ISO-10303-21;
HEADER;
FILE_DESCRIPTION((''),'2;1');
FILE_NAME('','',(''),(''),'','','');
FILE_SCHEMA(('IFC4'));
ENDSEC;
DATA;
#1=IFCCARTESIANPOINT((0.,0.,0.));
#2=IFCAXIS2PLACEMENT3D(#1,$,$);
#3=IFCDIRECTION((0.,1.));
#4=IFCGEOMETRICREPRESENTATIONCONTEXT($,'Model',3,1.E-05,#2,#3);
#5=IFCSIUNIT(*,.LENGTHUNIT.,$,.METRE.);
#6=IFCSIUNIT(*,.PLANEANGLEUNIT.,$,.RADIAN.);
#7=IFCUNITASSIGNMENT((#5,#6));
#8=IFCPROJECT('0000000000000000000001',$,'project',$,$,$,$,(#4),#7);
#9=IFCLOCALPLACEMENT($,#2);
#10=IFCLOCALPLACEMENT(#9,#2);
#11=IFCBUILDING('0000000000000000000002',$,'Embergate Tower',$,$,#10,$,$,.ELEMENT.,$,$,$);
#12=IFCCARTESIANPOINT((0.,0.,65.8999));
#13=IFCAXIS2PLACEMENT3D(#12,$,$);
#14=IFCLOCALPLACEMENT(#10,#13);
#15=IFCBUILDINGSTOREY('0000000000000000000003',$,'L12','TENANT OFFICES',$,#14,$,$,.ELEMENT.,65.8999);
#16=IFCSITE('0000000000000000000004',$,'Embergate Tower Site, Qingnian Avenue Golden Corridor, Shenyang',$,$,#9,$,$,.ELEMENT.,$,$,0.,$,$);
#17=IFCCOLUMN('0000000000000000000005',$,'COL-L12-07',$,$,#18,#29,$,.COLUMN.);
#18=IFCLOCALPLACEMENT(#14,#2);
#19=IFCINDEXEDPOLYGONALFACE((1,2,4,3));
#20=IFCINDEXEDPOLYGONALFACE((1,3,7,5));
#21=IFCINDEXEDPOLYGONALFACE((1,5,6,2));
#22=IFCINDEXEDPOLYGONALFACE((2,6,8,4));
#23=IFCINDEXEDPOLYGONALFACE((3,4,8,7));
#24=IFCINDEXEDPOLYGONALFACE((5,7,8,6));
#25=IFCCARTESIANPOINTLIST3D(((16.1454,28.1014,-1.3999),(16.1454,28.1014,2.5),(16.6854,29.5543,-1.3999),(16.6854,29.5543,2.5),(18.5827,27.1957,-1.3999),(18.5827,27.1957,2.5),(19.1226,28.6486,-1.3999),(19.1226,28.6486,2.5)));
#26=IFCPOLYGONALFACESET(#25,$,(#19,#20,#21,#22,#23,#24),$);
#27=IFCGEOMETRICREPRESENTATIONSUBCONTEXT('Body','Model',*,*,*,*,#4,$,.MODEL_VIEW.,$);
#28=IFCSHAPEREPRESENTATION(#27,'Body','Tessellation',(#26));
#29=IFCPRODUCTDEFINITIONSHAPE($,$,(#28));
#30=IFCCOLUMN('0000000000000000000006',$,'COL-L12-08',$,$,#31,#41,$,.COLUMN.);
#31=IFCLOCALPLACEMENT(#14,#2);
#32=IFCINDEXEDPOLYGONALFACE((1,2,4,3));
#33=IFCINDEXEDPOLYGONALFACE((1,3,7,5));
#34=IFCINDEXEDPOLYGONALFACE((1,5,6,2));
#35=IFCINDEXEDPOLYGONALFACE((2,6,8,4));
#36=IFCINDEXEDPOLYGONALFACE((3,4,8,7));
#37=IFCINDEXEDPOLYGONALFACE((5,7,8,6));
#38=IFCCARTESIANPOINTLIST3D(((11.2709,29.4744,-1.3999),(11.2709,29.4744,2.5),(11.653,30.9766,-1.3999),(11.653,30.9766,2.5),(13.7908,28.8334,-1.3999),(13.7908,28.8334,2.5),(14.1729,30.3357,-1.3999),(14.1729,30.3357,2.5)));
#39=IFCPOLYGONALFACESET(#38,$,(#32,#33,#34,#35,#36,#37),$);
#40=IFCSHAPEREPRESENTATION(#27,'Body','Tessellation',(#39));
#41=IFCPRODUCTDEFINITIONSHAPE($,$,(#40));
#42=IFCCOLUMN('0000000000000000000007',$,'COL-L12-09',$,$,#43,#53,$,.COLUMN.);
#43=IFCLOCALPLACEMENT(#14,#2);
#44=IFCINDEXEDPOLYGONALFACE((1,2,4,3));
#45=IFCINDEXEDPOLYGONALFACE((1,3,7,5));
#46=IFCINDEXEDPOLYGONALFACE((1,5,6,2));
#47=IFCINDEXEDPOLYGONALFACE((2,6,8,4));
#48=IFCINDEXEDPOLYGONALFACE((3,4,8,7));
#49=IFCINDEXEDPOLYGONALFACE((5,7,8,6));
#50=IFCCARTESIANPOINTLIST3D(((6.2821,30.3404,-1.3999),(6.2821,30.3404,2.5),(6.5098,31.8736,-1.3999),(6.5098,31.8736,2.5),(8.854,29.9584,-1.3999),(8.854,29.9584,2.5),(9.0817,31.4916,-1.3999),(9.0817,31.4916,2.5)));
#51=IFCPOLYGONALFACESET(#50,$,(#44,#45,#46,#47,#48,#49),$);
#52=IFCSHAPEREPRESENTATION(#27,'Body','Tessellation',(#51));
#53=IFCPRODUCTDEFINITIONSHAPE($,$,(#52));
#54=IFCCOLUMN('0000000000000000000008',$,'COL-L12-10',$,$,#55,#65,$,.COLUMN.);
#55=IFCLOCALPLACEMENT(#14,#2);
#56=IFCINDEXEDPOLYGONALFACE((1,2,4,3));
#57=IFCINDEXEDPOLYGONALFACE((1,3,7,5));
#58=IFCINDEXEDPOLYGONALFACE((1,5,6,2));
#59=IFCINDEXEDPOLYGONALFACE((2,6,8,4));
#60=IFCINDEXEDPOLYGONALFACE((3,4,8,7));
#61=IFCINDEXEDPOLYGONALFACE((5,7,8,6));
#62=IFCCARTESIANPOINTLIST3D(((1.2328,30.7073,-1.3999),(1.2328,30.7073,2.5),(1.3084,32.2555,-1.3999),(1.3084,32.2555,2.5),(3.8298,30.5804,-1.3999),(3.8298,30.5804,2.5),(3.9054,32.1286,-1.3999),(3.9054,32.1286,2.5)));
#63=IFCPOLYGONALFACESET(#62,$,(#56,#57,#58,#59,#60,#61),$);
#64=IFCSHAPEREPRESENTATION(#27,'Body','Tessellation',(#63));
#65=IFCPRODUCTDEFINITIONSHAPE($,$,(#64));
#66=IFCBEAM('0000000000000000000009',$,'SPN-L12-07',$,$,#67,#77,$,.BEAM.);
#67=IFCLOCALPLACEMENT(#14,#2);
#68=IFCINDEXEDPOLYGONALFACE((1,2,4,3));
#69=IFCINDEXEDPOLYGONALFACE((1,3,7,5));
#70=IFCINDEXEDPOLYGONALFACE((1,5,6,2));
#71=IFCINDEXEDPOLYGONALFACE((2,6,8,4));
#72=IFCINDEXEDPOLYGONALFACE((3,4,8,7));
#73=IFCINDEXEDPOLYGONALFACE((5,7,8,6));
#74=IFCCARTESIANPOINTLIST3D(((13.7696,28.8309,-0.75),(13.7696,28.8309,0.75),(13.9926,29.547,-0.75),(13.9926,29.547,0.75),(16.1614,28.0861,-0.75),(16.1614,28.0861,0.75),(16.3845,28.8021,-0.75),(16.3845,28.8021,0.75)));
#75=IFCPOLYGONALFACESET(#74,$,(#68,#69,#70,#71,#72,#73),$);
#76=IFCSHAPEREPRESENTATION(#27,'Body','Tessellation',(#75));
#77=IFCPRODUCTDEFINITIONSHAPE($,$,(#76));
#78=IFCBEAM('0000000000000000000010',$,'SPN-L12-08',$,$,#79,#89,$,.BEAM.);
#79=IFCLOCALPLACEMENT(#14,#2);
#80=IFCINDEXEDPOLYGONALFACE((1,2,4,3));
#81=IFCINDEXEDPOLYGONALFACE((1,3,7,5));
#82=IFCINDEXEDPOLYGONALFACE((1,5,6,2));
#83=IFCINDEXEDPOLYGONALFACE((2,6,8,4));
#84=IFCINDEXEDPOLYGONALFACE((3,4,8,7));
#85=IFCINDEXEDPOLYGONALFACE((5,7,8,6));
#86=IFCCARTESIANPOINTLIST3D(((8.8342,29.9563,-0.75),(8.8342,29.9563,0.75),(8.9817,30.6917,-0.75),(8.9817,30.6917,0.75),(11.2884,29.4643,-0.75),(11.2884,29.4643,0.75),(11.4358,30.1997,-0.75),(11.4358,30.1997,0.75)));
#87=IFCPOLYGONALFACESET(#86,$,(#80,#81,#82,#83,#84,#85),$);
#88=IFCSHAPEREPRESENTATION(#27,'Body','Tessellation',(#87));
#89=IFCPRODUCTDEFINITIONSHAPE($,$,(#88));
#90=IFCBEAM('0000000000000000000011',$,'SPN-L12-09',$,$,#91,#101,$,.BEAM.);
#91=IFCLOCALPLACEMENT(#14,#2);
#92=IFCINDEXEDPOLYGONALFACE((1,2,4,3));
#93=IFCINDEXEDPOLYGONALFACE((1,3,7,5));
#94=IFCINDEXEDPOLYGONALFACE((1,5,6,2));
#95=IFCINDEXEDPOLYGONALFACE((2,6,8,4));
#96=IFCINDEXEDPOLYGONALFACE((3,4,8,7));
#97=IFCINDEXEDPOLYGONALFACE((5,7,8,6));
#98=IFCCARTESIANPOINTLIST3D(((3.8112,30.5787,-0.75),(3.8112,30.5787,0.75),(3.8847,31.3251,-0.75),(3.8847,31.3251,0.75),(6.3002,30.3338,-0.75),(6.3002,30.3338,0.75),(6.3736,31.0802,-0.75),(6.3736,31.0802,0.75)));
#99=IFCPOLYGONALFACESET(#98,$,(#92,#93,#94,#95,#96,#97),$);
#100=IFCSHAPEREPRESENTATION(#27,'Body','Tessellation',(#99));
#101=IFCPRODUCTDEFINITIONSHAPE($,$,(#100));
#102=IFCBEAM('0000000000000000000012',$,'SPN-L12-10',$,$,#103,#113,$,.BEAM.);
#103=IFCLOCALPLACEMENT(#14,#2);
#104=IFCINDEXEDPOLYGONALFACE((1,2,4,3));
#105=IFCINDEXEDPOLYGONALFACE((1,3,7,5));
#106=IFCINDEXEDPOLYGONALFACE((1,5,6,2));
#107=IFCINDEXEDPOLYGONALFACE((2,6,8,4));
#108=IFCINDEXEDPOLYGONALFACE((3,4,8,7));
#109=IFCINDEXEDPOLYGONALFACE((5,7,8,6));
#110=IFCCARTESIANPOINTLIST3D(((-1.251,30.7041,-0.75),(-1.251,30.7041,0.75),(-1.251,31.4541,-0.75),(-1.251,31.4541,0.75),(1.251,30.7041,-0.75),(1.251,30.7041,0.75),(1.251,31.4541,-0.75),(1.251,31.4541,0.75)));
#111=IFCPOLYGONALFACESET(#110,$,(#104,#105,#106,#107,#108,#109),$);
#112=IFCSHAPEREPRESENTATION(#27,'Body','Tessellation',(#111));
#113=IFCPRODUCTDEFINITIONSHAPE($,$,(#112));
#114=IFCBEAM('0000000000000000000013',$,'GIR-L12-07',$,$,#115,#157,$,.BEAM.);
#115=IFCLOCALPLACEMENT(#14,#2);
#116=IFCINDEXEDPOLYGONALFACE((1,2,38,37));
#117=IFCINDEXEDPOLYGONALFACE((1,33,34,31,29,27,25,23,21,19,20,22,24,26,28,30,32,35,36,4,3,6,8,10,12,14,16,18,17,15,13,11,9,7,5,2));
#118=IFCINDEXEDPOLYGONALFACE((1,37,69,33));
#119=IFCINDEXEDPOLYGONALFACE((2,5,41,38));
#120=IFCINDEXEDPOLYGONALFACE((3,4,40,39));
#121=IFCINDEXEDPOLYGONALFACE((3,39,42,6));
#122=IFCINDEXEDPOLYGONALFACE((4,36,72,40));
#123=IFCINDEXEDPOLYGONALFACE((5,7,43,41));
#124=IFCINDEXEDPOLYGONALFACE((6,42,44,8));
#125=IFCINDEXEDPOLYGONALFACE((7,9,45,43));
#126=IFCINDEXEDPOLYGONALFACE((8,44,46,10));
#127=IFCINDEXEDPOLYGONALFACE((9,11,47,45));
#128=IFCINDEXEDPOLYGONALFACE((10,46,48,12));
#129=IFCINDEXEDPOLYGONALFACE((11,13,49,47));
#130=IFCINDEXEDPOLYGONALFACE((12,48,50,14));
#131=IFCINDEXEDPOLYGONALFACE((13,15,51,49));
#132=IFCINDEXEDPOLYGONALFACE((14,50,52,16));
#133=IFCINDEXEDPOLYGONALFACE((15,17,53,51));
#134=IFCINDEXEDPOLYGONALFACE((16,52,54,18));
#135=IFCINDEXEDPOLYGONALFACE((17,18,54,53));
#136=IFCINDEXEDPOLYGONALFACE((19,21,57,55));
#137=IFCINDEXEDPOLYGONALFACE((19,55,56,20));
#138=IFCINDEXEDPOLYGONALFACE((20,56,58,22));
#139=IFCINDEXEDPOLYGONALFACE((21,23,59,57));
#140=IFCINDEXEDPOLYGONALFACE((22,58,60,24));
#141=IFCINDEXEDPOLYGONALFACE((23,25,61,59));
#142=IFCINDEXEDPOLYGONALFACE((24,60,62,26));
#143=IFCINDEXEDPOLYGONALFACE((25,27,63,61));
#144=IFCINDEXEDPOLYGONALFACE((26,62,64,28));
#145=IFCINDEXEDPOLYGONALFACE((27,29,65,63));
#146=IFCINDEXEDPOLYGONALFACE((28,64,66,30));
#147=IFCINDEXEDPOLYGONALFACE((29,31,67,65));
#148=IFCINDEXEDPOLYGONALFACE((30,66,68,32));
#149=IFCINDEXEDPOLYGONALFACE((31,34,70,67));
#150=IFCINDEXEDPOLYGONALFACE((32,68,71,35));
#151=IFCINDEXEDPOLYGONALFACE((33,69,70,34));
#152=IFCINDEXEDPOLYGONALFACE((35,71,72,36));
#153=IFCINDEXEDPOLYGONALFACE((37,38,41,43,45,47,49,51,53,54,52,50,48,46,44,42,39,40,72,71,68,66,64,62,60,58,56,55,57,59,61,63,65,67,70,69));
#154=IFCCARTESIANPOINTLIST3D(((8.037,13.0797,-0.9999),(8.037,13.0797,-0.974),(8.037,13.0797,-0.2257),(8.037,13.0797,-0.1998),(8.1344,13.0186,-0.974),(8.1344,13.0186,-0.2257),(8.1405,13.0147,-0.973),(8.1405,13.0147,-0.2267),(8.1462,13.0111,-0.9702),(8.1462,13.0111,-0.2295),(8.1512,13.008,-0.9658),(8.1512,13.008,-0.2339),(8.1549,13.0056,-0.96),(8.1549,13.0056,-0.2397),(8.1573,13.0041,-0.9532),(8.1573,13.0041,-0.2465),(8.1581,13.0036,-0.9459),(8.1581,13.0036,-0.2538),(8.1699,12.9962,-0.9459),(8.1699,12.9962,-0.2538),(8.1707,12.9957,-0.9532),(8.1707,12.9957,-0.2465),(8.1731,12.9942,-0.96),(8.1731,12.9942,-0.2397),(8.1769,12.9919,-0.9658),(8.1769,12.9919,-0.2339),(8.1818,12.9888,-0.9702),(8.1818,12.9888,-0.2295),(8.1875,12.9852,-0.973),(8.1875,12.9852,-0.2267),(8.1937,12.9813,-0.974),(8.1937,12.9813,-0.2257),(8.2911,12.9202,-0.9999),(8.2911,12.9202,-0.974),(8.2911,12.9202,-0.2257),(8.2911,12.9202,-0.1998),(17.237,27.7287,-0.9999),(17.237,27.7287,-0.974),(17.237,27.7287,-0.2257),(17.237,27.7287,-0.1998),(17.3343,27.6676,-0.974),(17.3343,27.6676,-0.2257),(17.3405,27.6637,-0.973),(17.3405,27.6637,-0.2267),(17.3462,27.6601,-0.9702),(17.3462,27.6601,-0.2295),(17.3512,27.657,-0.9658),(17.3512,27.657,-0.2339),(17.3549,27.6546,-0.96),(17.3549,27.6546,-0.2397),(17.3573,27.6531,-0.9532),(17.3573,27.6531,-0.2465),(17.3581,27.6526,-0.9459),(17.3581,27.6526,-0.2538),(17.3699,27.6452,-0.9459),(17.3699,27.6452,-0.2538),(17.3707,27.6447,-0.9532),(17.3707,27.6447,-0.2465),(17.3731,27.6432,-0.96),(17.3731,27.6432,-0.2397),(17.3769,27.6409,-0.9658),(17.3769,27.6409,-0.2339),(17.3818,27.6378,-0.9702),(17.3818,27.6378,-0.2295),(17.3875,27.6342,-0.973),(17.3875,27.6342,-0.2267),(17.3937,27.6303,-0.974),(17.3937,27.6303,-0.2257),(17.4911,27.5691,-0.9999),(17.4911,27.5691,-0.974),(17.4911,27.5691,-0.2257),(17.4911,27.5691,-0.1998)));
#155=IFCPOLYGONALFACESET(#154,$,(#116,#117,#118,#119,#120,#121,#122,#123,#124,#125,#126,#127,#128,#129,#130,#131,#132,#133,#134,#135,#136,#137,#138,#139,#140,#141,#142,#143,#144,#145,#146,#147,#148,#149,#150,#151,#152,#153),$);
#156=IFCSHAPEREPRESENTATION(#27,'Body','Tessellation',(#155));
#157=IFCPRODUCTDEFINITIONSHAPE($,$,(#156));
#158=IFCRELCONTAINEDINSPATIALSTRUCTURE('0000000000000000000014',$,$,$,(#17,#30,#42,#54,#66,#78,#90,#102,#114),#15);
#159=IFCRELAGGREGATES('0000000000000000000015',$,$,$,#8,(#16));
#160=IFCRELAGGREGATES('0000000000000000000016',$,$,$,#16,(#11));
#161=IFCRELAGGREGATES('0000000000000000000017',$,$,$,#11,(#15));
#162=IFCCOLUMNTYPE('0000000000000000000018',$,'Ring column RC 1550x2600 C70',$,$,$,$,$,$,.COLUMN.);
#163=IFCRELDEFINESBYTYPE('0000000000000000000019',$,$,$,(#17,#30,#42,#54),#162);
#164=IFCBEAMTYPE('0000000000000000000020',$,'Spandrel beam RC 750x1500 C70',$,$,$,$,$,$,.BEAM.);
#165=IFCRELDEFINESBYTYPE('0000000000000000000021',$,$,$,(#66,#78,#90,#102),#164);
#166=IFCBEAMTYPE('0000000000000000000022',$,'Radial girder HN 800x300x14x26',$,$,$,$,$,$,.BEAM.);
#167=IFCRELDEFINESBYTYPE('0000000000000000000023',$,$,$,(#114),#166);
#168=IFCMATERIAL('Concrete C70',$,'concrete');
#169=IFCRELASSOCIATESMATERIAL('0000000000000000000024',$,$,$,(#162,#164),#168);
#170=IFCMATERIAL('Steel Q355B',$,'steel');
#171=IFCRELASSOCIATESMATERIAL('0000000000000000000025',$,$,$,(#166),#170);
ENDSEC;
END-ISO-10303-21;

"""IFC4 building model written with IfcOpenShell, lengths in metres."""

from ifc_helpers import new_model, si_unit, direction, frame, origin, origin_2d, place, context, subcontext, project, spatial, rectangle, i_section, extrude, source, transform, mapped, material, material_profile, profile_set, type_object, element, save


model = new_model("IFC4")

# Units and contexts
model_context = context("Model", 3, precision=1e-05, world=origin(), true_north=direction((0.0, 1.0)))
body_context = subcontext(model_context, "Body", "Model", "MODEL_VIEW")
ifc_project = project(units=[si_unit("LENGTHUNIT", "METRE"), si_unit("PLANEANGLEUNIT", "RADIAN")], contexts=[model_context])

# Site, building, storey
site_placement = place(None, origin())
site = spatial("IfcSite", under=ifc_project, at=site_placement, Name="Embergate Tower Site, Qingnian Avenue Golden Corridor, Shenyang", CompositionType="ELEMENT", RefElevation=0.0)
building_placement = place(site_placement, origin())
building = spatial("IfcBuilding", under=site, at=building_placement, Name="Embergate Tower", CompositionType="ELEMENT")
storey_placement = place(building_placement, frame((0.0, 0.0, 65.8999)))
storey = spatial("IfcBuildingStorey", under=building, at=storey_placement, Name="L12", Description="TENANT OFFICES", CompositionType="ELEMENT", Elevation=65.8999)

# Columns
ifc_material_1 = material(Name="Concrete C70", Category="concrete")
ifc_material_profile_1 = material_profile(ifc_material_1, rectangle(XDim=1.55, YDim=2.6001, at=origin_2d()), Name="RC 1550x2600")
ifc_profile_set_1 = profile_set([ifc_material_profile_1], Name="Concrete C70")
column_type = type_object("IfcColumnType", Name="Ring column RC 1550x2600 C70", PredefinedType="COLUMN", material=ifc_profile_set_1)
shared_shape_1 = source(origin(), body_context, "Body", "SweptSolid", [
    extrude(rectangle(XDim=1.55, YDim=2.6001, at=origin_2d()), origin(), (0.0, 0.0, 1.0), 3.8999),
])
for number, where, z_axis, x_axis, name in (
    (1, (17.634, 28.375, -1.3999), (0.0, 0.0, 1.0), (0.348343, 0.937367, 0.0), "COL-L12-07"),
    (2, (12.7219, 29.905, -1.3999), (0.0, 0.0, 1.0), (0.246509, 0.969141, 0.0), "COL-L12-08"),
    (3, (7.6819, 30.916, -1.3999), (0.0, 0.0, 1.0), (0.146929, 0.989147, 0.0), "COL-L12-09"),
    (4, (2.5691, 31.418, -1.3999), (0.0, 0.0, 1.0), (0.048815, 0.998808, 0.0), "COL-L12-10"),
):
    element("IfcColumn", number, at=place(storey_placement, frame(where, z_axis=z_axis, x_axis=x_axis)), inside=storey, type_object=column_type, Name=name, PredefinedType="COLUMN", context=body_context, shape_type="MappedRepresentation", body=[
        mapped(shared_shape_1, transform((0.0, 0.0, 0.0))),
    ])

# Beams
ifc_material_profile_2 = material_profile(ifc_material_1, rectangle(XDim=0.75, YDim=1.5, at=origin_2d()), Name="RC 750x1500")
ifc_profile_set_2 = profile_set([ifc_material_profile_2], Name="Concrete C70")
beam_type_1 = type_object("IfcBeamType", Name="Spandrel beam RC 750x1500 C70", PredefinedType="BEAM", material=ifc_profile_set_2)
shared_shape_2 = source(origin(), body_context, "Body", "SweptSolid", [
    extrude(rectangle(XDim=0.75, YDim=1.5, at=origin_2d()), origin(), (0.0, 0.0, 1.0), 2.5051),
])
beam_1_placement = place(storey_placement, frame((16.2729, 28.4441, 0.0), z_axis=(-0.954773, 0.297337, 0.0), x_axis=(-0.297337, -0.954773, 0.0)))
element("IfcBeam", 5, at=beam_1_placement, inside=storey, type_object=beam_type_1, Name="SPN-L12-07", PredefinedType="BEAM", context=body_context, shape_type="MappedRepresentation", body=[
    mapped(shared_shape_2, transform((0.0, 0.0, 0.0))),
])
shared_shape_3 = source(origin(), body_context, "Body", "SweptSolid", [
    extrude(rectangle(XDim=0.75, YDim=1.5, at=origin_2d()), origin(), (0.0, 0.0, 1.0), 2.5029),
])
beam_2_placement = place(storey_placement, frame((11.3621, 29.832, 0.0), z_axis=(-0.980494, 0.196548, 0.0), x_axis=(-0.196548, -0.980494, 0.0)))
element("IfcBeam", 6, at=beam_2_placement, inside=storey, type_object=beam_type_1, Name="SPN-L12-08", PredefinedType="BEAM", context=body_context, shape_type="MappedRepresentation", body=[
    mapped(shared_shape_3, transform((0.0, 0.0, 0.0))),
])
shared_shape_4 = source(origin(), body_context, "Body", "SweptSolid", [
    extrude(rectangle(XDim=0.75, YDim=1.5, at=origin_2d()), origin(), (0.0, 0.0, 1.0), 2.501),
])
beam_3_placement = place(storey_placement, frame((6.3369, 30.707, 0.0), z_axis=(-0.995195, 0.097909, 0.0), x_axis=(-0.097909, -0.995195, 0.0)))
element("IfcBeam", 7, at=beam_3_placement, inside=storey, type_object=beam_type_1, Name="SPN-L12-09", PredefinedType="BEAM", context=body_context, shape_type="MappedRepresentation", body=[
    mapped(shared_shape_4, transform((0.0, 0.0, 0.0))),
])
shared_shape_5 = source(origin(), body_context, "Body", "SweptSolid", [
    extrude(rectangle(XDim=0.75, YDim=1.5, at=origin_2d()), origin(), (0.0, 0.0, 1.0), 2.502),
])
beam_4_placement = place(storey_placement, frame((1.251, 31.0791, 0.0), z_axis=(-1.0, 0.0, 0.0), x_axis=(0.0, -1.0, 0.0)))
element("IfcBeam", 8, at=beam_4_placement, inside=storey, type_object=beam_type_1, Name="SPN-L12-10", PredefinedType="BEAM", context=body_context, shape_type="MappedRepresentation", body=[
    mapped(shared_shape_5, transform((0.0, 0.0, 0.0))),
])
ifc_material_2 = material(Name="Steel Q355B", Category="steel")
ifc_material_profile_3 = material_profile(ifc_material_2, i_section(OverallWidth=0.3, OverallDepth=0.8, WebThickness=0.0139, FlangeThickness=0.0259, FilletRadius=0.0281, at=origin_2d()), Name="HN 800x300x14x26")
ifc_profile_set_3 = profile_set([ifc_material_profile_3], Name="Steel Q355 grade B")
beam_type_2 = type_object("IfcBeamType", Name="Radial girder HN 800x300x14x26", PredefinedType="BEAM", material=ifc_profile_set_3)
shared_shape_6 = source(origin(), body_context, "Body", "SweptSolid", [
    extrude(i_section(OverallWidth=0.3, OverallDepth=0.8, WebThickness=0.0139, FlangeThickness=0.0259, FilletRadius=0.0281, at=origin_2d()), origin(), (0.0, 0.0, 1.0), 17.2983),
])
beam_5_placement = place(storey_placement, frame((17.364, 27.6489, -0.5999), z_axis=(-0.531842, -0.846843, 0.0), x_axis=(0.846843, -0.531842, 0.0)))
element("IfcBeam", 9, at=beam_5_placement, inside=storey, type_object=beam_type_2, Name="GIR-L12-07", PredefinedType="BEAM", context=body_context, shape_type="MappedRepresentation", body=[
    mapped(shared_shape_6, transform((0.0, 0.0, 0.0))),
])

save(model, "model.ifc")
